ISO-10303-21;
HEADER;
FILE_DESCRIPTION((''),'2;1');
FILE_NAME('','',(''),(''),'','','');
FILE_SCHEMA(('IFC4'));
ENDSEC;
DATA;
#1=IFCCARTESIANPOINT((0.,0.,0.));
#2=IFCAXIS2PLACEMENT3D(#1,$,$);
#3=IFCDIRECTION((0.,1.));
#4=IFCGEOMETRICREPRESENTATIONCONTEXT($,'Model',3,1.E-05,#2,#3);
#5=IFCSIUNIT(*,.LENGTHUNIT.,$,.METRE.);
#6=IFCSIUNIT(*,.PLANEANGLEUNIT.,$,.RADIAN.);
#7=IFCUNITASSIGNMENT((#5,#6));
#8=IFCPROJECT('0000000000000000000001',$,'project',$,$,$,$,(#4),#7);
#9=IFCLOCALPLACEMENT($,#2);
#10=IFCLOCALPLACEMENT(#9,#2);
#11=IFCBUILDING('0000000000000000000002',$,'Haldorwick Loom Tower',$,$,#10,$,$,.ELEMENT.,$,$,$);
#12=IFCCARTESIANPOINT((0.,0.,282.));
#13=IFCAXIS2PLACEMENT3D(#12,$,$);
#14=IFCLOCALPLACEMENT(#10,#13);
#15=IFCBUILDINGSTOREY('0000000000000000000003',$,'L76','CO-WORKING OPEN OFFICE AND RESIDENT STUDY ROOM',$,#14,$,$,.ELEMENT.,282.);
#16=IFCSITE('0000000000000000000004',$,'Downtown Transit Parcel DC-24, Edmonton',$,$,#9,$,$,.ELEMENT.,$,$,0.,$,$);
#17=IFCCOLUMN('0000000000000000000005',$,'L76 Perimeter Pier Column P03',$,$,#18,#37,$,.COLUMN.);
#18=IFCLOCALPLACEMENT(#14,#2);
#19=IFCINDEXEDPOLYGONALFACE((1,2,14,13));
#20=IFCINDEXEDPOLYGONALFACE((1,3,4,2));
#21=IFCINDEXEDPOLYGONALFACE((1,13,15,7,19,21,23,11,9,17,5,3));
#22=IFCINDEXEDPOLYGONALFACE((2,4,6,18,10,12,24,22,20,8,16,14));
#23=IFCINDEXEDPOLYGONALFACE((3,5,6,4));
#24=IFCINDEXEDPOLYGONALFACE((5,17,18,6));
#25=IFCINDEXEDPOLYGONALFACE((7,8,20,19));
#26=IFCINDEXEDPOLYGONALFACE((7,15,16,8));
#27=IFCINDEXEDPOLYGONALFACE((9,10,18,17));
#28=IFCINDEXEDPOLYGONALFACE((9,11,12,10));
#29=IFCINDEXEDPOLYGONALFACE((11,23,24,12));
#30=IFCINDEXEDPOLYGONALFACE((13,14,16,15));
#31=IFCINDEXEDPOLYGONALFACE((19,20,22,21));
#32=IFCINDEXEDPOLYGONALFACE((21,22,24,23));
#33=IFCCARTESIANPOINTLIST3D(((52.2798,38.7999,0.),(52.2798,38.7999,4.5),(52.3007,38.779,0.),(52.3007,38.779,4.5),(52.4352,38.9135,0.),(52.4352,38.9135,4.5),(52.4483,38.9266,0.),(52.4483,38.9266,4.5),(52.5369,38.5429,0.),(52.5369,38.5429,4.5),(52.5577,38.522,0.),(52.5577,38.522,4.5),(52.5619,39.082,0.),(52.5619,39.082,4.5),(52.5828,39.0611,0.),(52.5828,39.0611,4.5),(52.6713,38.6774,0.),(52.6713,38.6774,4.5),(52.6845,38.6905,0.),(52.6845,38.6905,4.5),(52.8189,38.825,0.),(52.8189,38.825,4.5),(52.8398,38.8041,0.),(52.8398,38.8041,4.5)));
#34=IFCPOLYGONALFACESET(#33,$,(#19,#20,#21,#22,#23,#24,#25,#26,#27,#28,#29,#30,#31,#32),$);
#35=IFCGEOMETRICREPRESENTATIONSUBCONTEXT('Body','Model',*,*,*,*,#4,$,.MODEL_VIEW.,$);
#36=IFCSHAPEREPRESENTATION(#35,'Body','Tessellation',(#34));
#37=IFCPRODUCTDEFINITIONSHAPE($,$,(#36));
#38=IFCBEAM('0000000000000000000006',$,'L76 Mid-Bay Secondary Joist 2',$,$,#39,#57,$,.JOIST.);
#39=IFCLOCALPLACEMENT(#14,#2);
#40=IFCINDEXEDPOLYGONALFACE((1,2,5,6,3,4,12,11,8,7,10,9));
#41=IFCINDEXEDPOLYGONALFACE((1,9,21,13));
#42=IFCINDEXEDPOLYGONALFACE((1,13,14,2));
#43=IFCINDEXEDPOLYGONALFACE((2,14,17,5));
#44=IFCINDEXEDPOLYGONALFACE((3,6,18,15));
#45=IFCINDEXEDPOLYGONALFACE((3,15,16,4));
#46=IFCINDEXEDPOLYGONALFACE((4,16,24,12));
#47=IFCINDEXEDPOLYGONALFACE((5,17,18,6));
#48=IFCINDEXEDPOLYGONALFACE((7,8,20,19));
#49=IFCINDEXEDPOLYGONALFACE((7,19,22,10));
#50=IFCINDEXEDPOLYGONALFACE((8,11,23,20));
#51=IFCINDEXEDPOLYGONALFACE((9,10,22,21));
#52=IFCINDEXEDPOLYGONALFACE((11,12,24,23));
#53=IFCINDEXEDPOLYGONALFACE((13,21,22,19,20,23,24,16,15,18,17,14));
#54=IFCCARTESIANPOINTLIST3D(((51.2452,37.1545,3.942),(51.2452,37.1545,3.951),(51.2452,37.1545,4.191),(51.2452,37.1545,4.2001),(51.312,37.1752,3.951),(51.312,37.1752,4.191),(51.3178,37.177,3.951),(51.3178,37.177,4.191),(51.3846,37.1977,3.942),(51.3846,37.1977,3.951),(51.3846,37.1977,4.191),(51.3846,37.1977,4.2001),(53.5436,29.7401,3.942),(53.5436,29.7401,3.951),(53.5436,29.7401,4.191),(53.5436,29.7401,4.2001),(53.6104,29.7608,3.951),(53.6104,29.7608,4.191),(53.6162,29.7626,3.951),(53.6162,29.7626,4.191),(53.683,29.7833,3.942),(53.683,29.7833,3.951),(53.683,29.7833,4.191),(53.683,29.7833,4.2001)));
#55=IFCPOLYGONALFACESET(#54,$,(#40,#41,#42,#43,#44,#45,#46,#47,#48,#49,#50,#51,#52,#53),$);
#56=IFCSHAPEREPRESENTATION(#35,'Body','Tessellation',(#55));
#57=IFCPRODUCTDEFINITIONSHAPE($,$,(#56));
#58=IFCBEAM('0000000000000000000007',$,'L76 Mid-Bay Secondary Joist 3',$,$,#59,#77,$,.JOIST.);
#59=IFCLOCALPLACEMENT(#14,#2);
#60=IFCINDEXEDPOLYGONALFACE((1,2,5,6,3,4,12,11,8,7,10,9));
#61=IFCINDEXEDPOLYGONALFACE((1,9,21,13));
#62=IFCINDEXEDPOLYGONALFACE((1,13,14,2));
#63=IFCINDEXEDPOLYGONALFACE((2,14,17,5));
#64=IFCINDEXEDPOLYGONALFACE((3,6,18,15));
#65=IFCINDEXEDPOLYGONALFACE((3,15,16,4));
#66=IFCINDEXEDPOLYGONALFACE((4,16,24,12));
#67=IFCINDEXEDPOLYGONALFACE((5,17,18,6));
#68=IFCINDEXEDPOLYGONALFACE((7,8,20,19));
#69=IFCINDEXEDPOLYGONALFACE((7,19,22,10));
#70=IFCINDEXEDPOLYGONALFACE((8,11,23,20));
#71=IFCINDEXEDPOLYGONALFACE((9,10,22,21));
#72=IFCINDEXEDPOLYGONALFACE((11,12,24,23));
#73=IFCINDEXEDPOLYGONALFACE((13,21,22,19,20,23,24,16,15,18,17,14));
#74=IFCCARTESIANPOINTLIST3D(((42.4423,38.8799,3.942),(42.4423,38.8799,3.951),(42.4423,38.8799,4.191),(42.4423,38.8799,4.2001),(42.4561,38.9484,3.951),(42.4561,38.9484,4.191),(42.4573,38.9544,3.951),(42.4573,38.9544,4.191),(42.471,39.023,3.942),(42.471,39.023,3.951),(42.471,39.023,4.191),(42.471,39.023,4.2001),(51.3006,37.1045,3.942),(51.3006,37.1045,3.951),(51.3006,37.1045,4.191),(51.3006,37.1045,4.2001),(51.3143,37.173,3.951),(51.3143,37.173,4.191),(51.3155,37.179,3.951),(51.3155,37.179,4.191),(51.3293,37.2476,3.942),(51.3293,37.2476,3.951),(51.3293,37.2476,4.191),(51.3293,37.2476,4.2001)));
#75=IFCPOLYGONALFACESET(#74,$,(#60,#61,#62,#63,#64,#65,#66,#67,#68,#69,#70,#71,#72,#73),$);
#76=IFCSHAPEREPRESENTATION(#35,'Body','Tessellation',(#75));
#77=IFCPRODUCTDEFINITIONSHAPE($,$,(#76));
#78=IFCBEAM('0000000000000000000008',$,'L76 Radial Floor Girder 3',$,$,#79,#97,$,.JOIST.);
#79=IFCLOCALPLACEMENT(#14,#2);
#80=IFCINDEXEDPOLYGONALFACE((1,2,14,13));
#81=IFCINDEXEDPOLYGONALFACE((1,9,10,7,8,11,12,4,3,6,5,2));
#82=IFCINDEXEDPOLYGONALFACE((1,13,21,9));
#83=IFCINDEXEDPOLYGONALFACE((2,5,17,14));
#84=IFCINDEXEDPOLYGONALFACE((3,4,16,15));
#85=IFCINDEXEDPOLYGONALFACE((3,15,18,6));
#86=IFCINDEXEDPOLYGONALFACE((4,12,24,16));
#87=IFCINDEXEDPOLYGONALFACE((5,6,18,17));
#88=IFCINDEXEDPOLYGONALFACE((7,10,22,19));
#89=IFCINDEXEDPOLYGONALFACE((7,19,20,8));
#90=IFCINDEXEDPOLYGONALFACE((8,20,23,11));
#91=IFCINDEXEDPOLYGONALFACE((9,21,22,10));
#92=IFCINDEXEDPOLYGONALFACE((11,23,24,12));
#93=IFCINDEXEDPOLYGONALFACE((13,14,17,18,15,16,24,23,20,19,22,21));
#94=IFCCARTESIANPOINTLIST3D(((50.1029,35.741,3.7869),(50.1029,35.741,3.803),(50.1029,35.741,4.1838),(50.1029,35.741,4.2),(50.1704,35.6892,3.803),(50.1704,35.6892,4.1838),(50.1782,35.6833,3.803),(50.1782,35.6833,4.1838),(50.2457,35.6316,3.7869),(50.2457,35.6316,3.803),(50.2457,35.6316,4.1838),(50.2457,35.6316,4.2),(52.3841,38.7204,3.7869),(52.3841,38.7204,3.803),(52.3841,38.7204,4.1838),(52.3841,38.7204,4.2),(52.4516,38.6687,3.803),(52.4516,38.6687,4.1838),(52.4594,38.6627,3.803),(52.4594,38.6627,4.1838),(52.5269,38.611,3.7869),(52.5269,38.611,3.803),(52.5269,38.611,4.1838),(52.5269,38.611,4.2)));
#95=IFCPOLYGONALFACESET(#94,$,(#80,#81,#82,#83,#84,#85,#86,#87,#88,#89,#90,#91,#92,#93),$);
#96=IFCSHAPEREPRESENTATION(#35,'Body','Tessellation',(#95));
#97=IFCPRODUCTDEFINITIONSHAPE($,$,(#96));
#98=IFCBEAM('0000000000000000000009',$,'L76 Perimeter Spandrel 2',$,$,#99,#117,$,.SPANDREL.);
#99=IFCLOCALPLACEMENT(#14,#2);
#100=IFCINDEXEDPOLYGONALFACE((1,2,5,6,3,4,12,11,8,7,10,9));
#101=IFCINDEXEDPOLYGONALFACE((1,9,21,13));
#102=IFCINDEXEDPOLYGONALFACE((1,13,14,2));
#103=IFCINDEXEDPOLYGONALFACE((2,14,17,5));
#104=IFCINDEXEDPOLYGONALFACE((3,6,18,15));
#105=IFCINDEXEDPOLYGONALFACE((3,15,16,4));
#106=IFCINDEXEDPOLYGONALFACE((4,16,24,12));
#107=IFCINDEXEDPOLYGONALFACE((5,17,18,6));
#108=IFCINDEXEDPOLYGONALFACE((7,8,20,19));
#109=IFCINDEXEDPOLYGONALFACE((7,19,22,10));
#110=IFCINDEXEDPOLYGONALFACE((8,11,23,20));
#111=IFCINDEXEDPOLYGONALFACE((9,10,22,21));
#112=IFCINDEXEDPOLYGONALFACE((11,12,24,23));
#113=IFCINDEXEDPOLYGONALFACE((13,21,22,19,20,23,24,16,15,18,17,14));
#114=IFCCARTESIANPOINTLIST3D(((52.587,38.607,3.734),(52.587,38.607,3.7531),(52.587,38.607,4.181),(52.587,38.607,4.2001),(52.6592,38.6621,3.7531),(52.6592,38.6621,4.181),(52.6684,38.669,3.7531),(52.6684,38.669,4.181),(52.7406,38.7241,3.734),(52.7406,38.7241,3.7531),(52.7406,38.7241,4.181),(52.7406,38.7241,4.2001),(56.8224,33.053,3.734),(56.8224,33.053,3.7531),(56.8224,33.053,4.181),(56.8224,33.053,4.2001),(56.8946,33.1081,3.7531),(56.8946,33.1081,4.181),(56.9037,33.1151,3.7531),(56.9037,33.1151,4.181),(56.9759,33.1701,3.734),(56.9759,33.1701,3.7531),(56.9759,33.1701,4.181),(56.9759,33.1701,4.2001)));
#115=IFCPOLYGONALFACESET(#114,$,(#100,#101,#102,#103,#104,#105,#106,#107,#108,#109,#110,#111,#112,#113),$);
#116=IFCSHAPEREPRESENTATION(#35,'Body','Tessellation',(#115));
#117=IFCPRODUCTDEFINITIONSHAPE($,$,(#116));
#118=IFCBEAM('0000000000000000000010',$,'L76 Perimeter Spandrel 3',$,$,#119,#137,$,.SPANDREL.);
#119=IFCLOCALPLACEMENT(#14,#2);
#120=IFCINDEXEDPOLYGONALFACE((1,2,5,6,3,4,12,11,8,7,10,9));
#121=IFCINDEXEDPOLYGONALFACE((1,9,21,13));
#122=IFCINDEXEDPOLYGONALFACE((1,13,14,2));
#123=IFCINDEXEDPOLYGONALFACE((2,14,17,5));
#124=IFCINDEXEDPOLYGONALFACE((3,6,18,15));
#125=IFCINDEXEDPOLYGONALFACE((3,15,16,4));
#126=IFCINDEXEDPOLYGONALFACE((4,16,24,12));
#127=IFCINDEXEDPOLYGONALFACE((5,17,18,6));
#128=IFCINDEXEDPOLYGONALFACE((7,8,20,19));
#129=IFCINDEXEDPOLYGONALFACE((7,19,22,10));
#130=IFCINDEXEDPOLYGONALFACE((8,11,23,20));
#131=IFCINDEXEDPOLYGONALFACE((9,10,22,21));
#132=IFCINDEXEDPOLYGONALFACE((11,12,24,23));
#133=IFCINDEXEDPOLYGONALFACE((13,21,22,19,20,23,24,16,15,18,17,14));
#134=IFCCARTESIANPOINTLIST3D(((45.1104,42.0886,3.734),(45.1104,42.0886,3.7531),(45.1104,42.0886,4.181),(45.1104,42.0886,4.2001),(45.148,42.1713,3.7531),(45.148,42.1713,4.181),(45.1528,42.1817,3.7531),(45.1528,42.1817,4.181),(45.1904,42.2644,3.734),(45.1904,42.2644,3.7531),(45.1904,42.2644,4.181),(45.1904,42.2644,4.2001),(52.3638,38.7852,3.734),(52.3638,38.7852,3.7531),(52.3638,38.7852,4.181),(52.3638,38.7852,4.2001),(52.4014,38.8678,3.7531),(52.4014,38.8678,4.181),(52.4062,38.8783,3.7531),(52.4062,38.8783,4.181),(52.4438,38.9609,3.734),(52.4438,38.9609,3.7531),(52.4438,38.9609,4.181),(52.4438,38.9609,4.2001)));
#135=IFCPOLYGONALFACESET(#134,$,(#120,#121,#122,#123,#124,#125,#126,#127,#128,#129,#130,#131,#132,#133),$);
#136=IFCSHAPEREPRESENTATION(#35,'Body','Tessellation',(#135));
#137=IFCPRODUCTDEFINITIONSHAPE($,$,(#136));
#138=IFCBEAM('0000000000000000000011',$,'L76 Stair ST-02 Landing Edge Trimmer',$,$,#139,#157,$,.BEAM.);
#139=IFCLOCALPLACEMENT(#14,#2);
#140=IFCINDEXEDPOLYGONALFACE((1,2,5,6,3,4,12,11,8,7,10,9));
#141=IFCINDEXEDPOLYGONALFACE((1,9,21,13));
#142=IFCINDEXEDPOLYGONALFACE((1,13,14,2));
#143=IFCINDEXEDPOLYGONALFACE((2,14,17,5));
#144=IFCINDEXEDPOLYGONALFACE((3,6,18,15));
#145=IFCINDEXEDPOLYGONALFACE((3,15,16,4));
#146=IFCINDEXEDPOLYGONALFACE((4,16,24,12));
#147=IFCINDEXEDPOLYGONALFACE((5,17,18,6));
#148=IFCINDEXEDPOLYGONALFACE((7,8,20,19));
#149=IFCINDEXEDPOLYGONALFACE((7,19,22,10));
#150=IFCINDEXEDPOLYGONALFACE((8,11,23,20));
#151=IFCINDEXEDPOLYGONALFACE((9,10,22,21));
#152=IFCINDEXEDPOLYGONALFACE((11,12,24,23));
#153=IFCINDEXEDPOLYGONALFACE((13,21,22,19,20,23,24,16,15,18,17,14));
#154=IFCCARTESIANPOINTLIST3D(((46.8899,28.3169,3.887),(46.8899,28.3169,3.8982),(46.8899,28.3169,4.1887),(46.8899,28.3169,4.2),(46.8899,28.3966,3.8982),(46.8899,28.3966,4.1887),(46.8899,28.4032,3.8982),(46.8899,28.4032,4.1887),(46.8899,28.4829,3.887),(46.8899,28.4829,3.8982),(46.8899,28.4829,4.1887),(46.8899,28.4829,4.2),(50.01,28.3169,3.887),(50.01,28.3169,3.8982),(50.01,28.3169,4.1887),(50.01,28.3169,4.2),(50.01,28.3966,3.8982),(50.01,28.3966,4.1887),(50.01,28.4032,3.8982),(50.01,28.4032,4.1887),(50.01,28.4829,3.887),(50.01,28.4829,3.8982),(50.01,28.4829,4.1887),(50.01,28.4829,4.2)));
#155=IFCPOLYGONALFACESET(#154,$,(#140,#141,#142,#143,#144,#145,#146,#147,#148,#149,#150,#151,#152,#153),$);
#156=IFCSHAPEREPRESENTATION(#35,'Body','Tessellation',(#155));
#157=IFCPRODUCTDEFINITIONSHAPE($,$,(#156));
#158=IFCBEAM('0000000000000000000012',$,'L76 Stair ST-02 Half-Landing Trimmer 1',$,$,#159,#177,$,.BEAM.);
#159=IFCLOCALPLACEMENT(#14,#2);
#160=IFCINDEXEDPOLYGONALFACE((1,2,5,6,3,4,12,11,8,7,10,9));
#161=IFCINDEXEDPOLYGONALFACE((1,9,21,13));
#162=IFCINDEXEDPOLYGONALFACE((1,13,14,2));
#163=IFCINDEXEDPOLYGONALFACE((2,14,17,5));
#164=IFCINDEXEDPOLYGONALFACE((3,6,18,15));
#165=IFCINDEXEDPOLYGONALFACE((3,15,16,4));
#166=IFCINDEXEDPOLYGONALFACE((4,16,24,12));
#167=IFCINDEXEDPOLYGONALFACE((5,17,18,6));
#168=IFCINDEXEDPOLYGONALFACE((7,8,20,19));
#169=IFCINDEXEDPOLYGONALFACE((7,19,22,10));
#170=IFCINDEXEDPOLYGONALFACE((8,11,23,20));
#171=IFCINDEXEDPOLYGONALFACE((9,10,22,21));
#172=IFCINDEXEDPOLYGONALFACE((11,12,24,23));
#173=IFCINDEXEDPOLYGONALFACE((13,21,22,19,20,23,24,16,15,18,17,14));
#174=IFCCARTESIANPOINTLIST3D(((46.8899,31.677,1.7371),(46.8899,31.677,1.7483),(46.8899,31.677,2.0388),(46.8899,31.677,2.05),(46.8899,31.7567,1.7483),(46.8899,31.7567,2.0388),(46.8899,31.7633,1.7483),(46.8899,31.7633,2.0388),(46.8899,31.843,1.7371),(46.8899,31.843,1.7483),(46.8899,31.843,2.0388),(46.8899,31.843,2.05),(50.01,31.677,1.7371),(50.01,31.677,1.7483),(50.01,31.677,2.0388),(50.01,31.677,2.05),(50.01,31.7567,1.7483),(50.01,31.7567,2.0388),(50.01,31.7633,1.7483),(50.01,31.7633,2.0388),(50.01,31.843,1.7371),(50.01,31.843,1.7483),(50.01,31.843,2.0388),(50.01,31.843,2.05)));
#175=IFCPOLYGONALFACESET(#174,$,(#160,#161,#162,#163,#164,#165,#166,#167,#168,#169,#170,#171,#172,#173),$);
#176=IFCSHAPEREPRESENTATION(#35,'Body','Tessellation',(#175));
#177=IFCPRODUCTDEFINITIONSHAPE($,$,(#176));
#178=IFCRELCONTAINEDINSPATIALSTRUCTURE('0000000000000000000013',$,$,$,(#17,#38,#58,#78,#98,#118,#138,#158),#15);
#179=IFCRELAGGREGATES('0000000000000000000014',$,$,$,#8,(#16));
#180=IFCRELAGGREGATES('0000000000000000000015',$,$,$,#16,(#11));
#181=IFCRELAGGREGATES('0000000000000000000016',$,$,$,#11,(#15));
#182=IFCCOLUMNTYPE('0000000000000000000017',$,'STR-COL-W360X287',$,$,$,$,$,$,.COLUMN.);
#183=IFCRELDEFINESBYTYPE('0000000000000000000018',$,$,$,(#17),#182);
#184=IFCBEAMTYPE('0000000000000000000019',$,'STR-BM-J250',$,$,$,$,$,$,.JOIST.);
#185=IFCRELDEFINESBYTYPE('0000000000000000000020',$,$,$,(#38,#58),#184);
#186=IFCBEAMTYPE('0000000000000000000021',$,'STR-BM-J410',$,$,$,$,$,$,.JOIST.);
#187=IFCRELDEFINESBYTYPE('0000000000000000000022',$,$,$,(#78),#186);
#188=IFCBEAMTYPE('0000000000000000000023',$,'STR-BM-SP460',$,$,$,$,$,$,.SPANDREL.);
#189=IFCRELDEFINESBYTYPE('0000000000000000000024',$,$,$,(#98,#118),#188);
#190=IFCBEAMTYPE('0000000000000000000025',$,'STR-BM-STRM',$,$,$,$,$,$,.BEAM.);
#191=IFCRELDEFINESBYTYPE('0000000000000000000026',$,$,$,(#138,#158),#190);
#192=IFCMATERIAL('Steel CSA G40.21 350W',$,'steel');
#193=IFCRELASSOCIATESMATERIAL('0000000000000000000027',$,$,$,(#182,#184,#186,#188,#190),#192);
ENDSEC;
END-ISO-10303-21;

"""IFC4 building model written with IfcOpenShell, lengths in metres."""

from ifc_helpers import new_model, si_unit, direction, frame, origin, origin_2d, place, context, subcontext, project, spatial, i_section, extrude, material, material_profile, profile_set, type_object, element, save


model = new_model("IFC4")

# Units and contexts
model_context = context("Model", 3, precision=1e-05, world=origin(), true_north=direction((0.0, 1.0)))
body_context = subcontext(model_context, "Body", "Model", "MODEL_VIEW")
ifc_project = project(units=[si_unit("LENGTHUNIT", "METRE"), si_unit("PLANEANGLEUNIT", "RADIAN")], contexts=[model_context])

# Site, building, storey
site_placement = place(None, origin())
site = spatial("IfcSite", under=ifc_project, at=site_placement, Name="Downtown Transit Parcel DC-24, Edmonton", CompositionType="ELEMENT", RefElevation=0.0)
building_placement = place(site_placement, origin())
building = spatial("IfcBuilding", under=site, at=building_placement, Name="Haldorwick Loom Tower", CompositionType="ELEMENT")
storey_placement = place(building_placement, frame((0.0, 0.0, 282.0)))
storey = spatial("IfcBuildingStorey", under=building, at=storey_placement, Name="L76", Description="CO-WORKING OPEN OFFICE AND RESIDENT STUDY ROOM", CompositionType="ELEMENT", Elevation=282.0)

# Column
ifc_material_1 = material(Name="Steel CSA G40.21 350W", Category="steel")
ifc_material_profile_1 = material_profile(ifc_material_1, i_section(OverallWidth=0.3989, OverallDepth=0.3931, WebThickness=0.0186, FlangeThickness=0.0295, at=origin_2d()), Name="W360X287", Category="steel")
ifc_profile_set_1 = profile_set([ifc_material_profile_1], Name="Steel CSA G40.21 350W")
column_type_1 = type_object("IfcColumnType", Name="STR-COL-W360X287", PredefinedType="COLUMN", material=ifc_profile_set_1)
for number, where, z_axis, x_axis, name in (
    (1, (52.5598, 38.802, 0.0), (0.0, 0.0, 1.0), (0.707107, 0.707107, 0.0), "L76 Perimeter Pier Column P03"),
):
    element("IfcColumn", number, at=place(storey_placement, frame(where, z_axis=z_axis, x_axis=x_axis)), inside=storey, type_object=column_type_1, Name=name, PredefinedType="COLUMN", context=body_context, shape_type="SweptSolid", body=[
        extrude(i_section(OverallWidth=0.3989, OverallDepth=0.3931, WebThickness=0.0186, FlangeThickness=0.0295, at=origin_2d()), origin(), (0.0, 0.0, 1.0), 4.5),
    ])

# Beams
ifc_material_profile_2 = material_profile(ifc_material_1, i_section(OverallWidth=0.146, OverallDepth=0.2581, WebThickness=0.0061, FlangeThickness=0.009, at=origin_2d()), Name="W250X33", Category="steel")
ifc_profile_set_2 = profile_set([ifc_material_profile_2], Name="Steel CSA G40.21 350W")
beam_type_1 = type_object("IfcBeamType", Name="STR-BM-J250", PredefinedType="JOIST", material=ifc_profile_set_2)
beam_1_placement = place(storey_placement, frame((53.6133, 29.7617, 4.071), z_axis=(-0.296088, 0.955161, 0.0), x_axis=(-0.955161, -0.296088, 0.0)))
element("IfcBeam", 2, at=beam_1_placement, inside=storey, type_object=beam_type_1, Name="L76 Mid-Bay Secondary Joist 2", PredefinedType="JOIST", context=body_context, shape_type="SweptSolid", body=[
    extrude(i_section(OverallWidth=0.146, OverallDepth=0.2581, WebThickness=0.0061, FlangeThickness=0.009, at=origin_2d()), origin(), (0.0, 0.0, 1.0), 7.7625),
])
beam_2_placement = place(storey_placement, frame((51.3149, 37.176, 4.071), z_axis=(-0.980501, 0.196516, 0.0), x_axis=(-0.196516, -0.980501, 0.0)))
element("IfcBeam", 3, at=beam_2_placement, inside=storey, type_object=beam_type_1, Name="L76 Mid-Bay Secondary Joist 3", PredefinedType="JOIST", context=body_context, shape_type="SweptSolid", body=[
    extrude(i_section(OverallWidth=0.146, OverallDepth=0.2581, WebThickness=0.0061, FlangeThickness=0.009, at=origin_2d()), origin(), (0.0, 0.0, 1.0), 9.0344),
])
ifc_material_profile_3 = material_profile(ifc_material_1, i_section(OverallWidth=0.1799, OverallDepth=0.4131, WebThickness=0.0098, FlangeThickness=0.0161, at=origin_2d()), Name="W410X74", Category="steel")
ifc_profile_set_3 = profile_set([ifc_material_profile_3], Name="Steel CSA G40.21 350W")
beam_type_2 = type_object("IfcBeamType", Name="STR-BM-J410", PredefinedType="JOIST", material=ifc_profile_set_3)
beam_3_placement = place(storey_placement, frame((50.1743, 35.6863, 3.9934), z_axis=(0.607923, 0.793996, 0.0), x_axis=(-0.793996, 0.607923, 0.0)))
element("IfcBeam", 4, at=beam_3_placement, inside=storey, type_object=beam_type_2, Name="L76 Radial Floor Girder 3", PredefinedType="JOIST", context=body_context, shape_type="SweptSolid", body=[
    extrude(i_section(OverallWidth=0.1799, OverallDepth=0.4131, WebThickness=0.0098, FlangeThickness=0.0161, at=origin_2d()), origin(), (0.0, 0.0, 1.0), 3.7524),
])
ifc_material_profile_4 = material_profile(ifc_material_1, i_section(OverallWidth=0.1931, OverallDepth=0.4661, WebThickness=0.0115, FlangeThickness=0.019, at=origin_2d()), Name="W460X97", Category="steel")
ifc_profile_set_4 = profile_set([ifc_material_profile_4], Name="Steel CSA G40.21 350W")
beam_type_3 = type_object("IfcBeamType", Name="STR-BM-SP460", PredefinedType="SPANDREL", material=ifc_profile_set_4)
beam_4_placement = place(storey_placement, frame((56.8992, 33.1116, 3.967), z_axis=(-0.606384, 0.795172, 0.0), x_axis=(-0.795172, -0.606384, 0.0)))
element("IfcBeam", 5, at=beam_4_placement, inside=storey, type_object=beam_type_3, Name="L76 Perimeter Spandrel 2", PredefinedType="SPANDREL", context=body_context, shape_type="SweptSolid", body=[
    extrude(i_section(OverallWidth=0.1931, OverallDepth=0.4661, WebThickness=0.0115, FlangeThickness=0.019, at=origin_2d()), origin(), (0.0, 0.0, 1.0), 6.9846),
])
beam_5_placement = place(storey_placement, frame((52.4038, 38.873, 3.967), z_axis=(-0.910061, 0.414474, 0.0), x_axis=(-0.414474, -0.910061, 0.0)))
element("IfcBeam", 6, at=beam_5_placement, inside=storey, type_object=beam_type_3, Name="L76 Perimeter Spandrel 3", PredefinedType="SPANDREL", context=body_context, shape_type="SweptSolid", body=[
    extrude(i_section(OverallWidth=0.1931, OverallDepth=0.4661, WebThickness=0.0115, FlangeThickness=0.019, at=origin_2d()), origin(), (0.0, 0.0, 1.0), 7.9702),
])
ifc_material_profile_5 = material_profile(ifc_material_1, i_section(OverallWidth=0.166, OverallDepth=0.313, WebThickness=0.0066, FlangeThickness=0.0112, at=origin_2d()), Name="W310X45", Category="steel")
ifc_profile_set_5 = profile_set([ifc_material_profile_5], Name="Steel CSA G40.21 350W")
beam_type_4 = type_object("IfcBeamType", Name="STR-BM-STRM", PredefinedType="BEAM", material=ifc_profile_set_5)
for number, where, z_axis, x_axis, name in (
    (7, (46.8899, 28.3999, 4.0435), (1.0, 0.0, 0.0), (0.0, 1.0, 0.0), "L76 Stair ST-02 Landing Edge Trimmer"),
    (8, (46.8899, 31.76, 1.8936), (1.0, 0.0, 0.0), (0.0, 1.0, 0.0), "L76 Stair ST-02 Half-Landing Trimmer 1"),
):
    element("IfcBeam", number, at=place(storey_placement, frame(where, z_axis=z_axis, x_axis=x_axis)), inside=storey, type_object=beam_type_4, Name=name, PredefinedType="BEAM", context=body_context, shape_type="SweptSolid", body=[
        extrude(i_section(OverallWidth=0.166, OverallDepth=0.313, WebThickness=0.0066, FlangeThickness=0.0112, at=origin_2d()), origin(), (0.0, 0.0, 1.0), 3.1201),
    ])

save(model, "model.ifc")
